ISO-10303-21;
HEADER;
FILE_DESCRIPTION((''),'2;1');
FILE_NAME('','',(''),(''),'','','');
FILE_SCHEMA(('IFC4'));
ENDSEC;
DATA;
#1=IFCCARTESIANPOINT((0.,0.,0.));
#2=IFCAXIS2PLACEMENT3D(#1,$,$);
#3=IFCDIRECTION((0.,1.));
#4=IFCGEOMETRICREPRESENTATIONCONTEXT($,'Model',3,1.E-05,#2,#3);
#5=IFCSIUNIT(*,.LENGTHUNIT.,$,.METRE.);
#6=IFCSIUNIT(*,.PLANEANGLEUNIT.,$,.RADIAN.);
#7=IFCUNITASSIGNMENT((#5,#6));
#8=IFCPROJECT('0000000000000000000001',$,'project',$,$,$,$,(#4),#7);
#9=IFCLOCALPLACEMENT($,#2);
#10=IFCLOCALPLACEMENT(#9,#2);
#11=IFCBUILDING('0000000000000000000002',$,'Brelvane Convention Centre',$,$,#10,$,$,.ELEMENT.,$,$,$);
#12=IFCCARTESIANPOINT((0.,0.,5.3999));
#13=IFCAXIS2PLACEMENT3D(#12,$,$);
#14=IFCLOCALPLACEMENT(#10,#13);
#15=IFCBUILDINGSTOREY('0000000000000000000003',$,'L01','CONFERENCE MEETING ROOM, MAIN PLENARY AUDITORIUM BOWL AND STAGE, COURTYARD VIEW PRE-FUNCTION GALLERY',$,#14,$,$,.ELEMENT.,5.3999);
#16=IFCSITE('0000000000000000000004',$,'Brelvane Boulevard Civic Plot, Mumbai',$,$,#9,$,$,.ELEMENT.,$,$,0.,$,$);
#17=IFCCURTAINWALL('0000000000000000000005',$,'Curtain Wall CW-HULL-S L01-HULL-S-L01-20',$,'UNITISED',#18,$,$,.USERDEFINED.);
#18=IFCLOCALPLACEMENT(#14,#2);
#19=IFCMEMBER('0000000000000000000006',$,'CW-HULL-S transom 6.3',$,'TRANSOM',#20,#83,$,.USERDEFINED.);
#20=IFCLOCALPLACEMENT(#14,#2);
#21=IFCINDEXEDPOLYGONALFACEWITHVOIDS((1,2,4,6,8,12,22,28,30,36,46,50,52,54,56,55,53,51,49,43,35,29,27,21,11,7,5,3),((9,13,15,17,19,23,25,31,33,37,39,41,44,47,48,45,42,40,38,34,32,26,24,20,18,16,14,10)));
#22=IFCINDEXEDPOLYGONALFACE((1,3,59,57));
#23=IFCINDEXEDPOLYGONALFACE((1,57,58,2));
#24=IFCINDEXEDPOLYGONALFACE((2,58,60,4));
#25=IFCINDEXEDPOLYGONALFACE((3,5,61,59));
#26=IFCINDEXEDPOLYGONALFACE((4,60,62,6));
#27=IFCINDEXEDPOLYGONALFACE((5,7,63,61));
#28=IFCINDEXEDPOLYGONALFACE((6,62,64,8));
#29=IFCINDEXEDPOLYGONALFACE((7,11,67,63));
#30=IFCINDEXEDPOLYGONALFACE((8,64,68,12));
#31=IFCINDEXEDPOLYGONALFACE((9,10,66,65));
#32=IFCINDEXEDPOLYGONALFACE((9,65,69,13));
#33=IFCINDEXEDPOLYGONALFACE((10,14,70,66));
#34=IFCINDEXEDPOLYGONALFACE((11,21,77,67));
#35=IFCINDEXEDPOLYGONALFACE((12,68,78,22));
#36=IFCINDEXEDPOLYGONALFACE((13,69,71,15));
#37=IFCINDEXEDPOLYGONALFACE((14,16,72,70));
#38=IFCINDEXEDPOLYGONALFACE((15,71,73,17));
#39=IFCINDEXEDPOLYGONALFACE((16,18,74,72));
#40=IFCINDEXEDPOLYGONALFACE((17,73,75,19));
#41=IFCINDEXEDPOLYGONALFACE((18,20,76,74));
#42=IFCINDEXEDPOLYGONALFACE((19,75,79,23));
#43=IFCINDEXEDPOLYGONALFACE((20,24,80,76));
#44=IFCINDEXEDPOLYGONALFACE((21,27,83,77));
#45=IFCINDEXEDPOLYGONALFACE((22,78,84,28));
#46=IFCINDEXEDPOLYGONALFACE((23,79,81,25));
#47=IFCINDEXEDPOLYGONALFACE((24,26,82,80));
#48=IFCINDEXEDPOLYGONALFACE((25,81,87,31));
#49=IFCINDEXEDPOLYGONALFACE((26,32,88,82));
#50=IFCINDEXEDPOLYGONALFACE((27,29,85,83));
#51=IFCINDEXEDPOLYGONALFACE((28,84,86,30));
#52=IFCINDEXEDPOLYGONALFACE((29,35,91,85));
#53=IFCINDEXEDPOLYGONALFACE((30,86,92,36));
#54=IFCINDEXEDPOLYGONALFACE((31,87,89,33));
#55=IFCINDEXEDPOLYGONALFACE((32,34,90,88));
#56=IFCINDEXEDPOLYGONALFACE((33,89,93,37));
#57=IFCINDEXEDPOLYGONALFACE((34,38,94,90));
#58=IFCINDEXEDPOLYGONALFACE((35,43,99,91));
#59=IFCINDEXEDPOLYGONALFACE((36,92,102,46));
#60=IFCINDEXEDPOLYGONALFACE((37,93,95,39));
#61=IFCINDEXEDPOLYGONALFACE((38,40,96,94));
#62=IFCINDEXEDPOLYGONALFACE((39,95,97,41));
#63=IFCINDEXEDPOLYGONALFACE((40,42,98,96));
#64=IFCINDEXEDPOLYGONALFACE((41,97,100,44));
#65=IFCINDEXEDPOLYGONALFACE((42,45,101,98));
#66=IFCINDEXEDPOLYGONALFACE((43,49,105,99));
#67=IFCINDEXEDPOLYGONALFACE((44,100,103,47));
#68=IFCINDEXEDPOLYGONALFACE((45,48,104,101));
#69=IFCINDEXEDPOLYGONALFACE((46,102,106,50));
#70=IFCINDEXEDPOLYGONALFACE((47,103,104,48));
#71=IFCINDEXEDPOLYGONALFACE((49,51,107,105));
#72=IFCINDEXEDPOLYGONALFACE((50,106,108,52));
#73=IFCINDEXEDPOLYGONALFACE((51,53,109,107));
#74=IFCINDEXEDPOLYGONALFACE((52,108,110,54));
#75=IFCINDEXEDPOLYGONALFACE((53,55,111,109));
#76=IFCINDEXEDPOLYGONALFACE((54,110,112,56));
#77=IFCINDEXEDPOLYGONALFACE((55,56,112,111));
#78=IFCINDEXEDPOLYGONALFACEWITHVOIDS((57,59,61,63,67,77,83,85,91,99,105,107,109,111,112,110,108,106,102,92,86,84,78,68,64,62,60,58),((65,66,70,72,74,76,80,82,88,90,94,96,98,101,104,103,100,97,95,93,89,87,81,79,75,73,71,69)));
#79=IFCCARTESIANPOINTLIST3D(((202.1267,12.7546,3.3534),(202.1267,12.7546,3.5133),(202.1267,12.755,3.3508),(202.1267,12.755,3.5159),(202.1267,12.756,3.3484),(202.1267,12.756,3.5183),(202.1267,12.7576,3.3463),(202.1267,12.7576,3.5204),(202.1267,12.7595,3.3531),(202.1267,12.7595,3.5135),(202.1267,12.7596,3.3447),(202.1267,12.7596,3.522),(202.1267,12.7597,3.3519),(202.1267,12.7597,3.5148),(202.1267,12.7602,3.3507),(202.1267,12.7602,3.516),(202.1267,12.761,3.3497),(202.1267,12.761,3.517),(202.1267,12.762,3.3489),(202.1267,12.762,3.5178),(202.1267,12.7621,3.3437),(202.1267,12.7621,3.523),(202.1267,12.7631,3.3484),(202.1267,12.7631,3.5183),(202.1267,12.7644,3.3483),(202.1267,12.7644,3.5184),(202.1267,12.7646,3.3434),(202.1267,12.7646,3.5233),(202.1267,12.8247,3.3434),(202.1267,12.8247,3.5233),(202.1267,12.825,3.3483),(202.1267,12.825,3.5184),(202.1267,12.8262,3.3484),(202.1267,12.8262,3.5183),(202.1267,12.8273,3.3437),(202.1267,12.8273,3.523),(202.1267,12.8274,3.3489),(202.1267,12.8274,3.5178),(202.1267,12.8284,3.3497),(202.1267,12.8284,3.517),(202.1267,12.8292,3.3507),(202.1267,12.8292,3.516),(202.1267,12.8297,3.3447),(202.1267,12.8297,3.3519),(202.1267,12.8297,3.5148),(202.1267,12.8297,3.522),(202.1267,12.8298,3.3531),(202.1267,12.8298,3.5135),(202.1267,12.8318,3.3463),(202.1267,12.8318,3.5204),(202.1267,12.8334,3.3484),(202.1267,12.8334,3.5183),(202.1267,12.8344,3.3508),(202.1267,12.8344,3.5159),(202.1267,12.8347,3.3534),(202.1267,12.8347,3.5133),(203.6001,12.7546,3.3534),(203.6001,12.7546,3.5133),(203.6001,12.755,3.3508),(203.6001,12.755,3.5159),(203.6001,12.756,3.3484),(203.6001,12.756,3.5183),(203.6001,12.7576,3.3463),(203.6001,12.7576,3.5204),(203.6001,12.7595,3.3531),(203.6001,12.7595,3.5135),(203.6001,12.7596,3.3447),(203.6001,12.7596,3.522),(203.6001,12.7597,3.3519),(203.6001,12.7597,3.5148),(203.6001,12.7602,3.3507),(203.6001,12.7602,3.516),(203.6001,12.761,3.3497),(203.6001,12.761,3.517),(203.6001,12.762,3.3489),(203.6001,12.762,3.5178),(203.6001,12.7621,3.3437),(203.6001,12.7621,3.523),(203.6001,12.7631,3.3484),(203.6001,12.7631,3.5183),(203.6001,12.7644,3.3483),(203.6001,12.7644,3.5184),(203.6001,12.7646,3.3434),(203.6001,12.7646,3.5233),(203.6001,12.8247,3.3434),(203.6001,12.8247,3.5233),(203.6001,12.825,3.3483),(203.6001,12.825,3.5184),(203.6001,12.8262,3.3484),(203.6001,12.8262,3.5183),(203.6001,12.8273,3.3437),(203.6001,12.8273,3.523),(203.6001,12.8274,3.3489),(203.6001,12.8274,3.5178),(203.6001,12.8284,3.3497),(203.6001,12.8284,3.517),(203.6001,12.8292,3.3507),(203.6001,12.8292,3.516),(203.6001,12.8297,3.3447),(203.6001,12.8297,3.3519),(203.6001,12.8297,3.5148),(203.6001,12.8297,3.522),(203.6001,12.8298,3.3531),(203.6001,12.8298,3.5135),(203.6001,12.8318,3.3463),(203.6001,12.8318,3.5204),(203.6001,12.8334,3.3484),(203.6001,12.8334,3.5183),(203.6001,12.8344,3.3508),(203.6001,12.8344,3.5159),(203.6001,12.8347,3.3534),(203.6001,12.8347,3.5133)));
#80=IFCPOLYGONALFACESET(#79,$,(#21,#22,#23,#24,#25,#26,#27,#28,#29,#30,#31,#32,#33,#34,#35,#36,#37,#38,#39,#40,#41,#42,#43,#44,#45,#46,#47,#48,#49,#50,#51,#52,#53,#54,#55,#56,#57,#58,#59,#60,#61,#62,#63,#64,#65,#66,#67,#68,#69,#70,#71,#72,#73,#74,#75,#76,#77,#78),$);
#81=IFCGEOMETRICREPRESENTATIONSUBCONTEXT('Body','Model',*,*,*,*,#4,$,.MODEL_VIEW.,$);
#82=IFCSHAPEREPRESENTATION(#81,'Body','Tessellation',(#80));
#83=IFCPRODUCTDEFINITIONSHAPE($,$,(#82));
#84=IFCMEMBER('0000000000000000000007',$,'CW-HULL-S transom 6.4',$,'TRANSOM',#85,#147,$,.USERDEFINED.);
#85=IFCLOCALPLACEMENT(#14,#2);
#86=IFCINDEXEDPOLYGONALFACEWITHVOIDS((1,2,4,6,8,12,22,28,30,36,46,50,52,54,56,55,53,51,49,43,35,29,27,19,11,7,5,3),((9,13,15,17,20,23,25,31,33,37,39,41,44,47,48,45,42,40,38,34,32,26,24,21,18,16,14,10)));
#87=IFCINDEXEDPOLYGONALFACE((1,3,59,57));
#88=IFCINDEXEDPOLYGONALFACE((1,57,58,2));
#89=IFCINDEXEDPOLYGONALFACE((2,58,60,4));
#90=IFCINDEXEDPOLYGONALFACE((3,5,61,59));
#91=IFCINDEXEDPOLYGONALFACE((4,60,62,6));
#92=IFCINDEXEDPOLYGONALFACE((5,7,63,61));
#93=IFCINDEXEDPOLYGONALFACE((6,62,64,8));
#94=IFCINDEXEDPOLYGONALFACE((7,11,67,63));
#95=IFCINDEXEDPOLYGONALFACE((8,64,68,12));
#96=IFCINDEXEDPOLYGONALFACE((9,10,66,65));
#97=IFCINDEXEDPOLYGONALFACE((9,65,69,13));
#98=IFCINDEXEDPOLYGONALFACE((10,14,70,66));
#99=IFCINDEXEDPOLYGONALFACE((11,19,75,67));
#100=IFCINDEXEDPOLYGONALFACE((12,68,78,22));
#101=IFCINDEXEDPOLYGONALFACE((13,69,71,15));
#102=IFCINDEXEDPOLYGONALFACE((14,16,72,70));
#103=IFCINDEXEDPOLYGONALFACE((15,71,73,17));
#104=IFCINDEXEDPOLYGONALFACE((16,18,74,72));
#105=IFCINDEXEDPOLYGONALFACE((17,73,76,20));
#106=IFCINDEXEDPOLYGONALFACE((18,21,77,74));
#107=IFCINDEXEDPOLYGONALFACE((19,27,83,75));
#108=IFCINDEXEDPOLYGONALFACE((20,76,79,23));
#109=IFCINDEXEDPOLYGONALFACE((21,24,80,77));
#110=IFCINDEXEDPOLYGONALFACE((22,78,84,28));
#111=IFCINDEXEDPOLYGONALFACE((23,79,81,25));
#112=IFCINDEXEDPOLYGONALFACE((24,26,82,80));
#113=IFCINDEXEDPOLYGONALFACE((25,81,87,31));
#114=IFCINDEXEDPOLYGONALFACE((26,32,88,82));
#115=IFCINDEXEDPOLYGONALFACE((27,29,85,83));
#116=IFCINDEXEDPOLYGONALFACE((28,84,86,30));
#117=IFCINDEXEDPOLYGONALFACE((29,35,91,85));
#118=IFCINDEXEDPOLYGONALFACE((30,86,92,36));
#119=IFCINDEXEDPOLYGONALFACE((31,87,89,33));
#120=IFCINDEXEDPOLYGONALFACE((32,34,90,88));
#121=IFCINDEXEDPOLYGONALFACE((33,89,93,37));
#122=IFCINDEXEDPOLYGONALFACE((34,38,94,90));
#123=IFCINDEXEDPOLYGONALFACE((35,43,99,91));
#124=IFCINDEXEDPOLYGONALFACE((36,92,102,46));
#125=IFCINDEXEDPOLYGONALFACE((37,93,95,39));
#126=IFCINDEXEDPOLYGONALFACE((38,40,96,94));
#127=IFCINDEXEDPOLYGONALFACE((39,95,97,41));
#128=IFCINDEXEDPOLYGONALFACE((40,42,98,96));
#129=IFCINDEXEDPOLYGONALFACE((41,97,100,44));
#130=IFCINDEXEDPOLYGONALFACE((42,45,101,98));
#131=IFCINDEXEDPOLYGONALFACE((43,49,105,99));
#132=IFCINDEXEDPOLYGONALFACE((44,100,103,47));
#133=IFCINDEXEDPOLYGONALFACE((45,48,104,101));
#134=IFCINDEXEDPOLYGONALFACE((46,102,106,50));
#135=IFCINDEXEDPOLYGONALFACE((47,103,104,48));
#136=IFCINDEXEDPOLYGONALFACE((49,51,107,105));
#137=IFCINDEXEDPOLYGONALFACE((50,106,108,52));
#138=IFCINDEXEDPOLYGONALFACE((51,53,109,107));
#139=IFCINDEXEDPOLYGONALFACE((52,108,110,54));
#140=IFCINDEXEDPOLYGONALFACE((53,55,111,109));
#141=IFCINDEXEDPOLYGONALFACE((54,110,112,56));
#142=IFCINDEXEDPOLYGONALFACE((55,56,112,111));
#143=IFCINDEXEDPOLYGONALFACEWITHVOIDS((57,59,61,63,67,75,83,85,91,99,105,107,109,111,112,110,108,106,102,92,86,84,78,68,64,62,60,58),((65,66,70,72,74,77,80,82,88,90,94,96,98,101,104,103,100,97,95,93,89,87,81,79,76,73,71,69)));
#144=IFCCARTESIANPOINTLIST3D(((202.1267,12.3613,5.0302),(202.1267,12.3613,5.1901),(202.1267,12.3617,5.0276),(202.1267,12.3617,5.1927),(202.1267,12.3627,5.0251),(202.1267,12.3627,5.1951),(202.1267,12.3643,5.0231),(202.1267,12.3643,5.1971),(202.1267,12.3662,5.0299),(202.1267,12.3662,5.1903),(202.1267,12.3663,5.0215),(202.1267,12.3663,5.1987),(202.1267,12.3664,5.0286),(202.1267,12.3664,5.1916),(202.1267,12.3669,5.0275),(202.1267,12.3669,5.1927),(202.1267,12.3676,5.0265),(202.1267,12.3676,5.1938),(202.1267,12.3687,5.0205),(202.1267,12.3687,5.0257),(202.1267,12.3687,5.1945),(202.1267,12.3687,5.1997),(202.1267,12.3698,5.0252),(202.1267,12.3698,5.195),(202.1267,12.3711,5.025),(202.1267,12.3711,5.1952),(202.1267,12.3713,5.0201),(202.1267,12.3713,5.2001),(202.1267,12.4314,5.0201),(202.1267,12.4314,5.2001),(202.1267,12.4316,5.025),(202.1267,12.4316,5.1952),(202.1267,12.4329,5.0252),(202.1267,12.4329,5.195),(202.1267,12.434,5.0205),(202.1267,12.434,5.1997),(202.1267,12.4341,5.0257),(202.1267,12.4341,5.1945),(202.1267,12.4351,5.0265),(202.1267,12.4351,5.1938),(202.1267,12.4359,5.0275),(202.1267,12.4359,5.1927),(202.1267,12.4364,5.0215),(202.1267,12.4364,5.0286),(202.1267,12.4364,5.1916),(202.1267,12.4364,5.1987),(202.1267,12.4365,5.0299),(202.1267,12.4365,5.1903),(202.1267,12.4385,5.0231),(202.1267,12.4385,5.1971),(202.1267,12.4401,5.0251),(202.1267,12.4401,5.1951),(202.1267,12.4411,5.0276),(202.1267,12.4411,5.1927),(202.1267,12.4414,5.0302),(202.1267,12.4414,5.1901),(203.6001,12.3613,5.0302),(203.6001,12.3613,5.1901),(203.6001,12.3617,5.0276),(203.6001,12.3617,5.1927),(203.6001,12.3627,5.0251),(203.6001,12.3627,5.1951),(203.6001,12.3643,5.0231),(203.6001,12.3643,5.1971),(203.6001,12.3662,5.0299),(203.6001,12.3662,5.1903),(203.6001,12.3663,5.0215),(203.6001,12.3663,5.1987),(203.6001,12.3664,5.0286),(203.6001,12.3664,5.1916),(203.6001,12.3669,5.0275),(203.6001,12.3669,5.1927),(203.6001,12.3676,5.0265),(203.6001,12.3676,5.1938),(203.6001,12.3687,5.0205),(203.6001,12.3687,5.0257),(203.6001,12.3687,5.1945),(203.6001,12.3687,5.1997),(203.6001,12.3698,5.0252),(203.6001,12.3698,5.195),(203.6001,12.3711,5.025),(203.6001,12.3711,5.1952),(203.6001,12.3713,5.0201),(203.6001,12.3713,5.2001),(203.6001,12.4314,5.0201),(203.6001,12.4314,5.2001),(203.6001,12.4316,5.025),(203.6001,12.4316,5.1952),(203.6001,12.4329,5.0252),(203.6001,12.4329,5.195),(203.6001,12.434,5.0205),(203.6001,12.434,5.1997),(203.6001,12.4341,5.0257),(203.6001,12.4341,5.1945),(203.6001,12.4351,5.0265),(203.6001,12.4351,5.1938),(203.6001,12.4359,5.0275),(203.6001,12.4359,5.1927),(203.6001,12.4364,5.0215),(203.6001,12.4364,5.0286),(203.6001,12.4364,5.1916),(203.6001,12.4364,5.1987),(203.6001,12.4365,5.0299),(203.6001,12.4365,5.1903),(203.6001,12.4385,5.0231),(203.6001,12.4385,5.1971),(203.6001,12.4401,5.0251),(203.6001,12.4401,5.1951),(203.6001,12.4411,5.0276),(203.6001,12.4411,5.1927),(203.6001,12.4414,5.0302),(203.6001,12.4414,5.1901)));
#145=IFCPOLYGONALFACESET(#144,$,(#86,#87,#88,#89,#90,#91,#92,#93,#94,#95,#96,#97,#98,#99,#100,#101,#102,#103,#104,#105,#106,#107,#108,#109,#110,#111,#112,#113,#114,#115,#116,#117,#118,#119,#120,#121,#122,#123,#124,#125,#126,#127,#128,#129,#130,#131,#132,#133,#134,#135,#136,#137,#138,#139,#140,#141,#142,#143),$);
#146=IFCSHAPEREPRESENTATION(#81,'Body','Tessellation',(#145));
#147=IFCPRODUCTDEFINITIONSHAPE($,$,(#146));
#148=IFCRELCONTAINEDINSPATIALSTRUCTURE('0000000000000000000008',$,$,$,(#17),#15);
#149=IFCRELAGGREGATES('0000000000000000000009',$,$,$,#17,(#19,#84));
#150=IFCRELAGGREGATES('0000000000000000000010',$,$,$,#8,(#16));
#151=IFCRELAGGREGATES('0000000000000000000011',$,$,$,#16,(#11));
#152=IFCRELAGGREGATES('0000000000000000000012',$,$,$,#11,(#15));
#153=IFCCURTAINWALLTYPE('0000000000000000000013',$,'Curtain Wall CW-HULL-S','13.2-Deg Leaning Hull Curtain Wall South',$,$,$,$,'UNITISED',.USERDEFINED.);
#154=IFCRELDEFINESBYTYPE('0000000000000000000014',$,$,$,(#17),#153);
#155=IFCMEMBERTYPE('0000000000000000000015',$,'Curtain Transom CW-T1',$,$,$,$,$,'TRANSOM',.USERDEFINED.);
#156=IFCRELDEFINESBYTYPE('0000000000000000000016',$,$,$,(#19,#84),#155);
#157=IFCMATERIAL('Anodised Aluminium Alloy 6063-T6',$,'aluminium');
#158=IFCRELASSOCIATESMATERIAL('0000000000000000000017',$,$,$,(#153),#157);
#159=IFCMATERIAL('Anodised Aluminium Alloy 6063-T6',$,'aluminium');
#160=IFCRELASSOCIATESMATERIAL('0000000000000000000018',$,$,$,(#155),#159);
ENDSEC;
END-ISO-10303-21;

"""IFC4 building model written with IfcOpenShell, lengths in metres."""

from ifc_helpers import new_model, si_unit, direction, frame, origin, origin_2d, place, context, subcontext, project, spatial, hollow_rectangle, extrude, material, material_profile, profile_set, type_object, element, aggregate, save


model = new_model("IFC4")

# Units and contexts
model_context = context("Model", 3, precision=1e-05, world=origin(), true_north=direction((0.0, 1.0)))
body_context = subcontext(model_context, "Body", "Model", "MODEL_VIEW")
ifc_project = project(units=[si_unit("LENGTHUNIT", "METRE"), si_unit("PLANEANGLEUNIT", "RADIAN")], contexts=[model_context])

# Site, building, storey
site_placement = place(None, origin())
site = spatial("IfcSite", under=ifc_project, at=site_placement, Name="Brelvane Boulevard Civic Plot, Mumbai", CompositionType="ELEMENT", RefElevation=0.0)
building_placement = place(site_placement, origin())
building = spatial("IfcBuilding", under=site, at=building_placement, Name="Brelvane Convention Centre", CompositionType="ELEMENT")
storey_placement = place(building_placement, frame((0.0, 0.0, 5.3999)))
storey = spatial("IfcBuildingStorey", under=building, at=storey_placement, Name="L01", Description="CONFERENCE MEETING ROOM, MAIN PLENARY AUDITORIUM BOWL AND STAGE, COURTYARD VIEW PRE-FUNCTION GALLERY", CompositionType="ELEMENT", Elevation=5.3999)

# Curtain wall, members
ifc_material_1 = material(Name="Anodised Aluminium Alloy 6063-T6", Category="aluminium")
curtain_wall_type = type_object("IfcCurtainWallType", Name="Curtain Wall CW-HULL-S", Description="13.2-Deg Leaning Hull Curtain Wall South", ElementType="UNITISED", PredefinedType="USERDEFINED", material=ifc_material_1)
curtain_wall_1_placement = place(storey_placement, origin())
curtain_wall_1 = element("IfcCurtainWall", 1, at=curtain_wall_1_placement, inside=storey, type_object=curtain_wall_type, Name="Curtain Wall CW-HULL-S L01-HULL-S-L01-20", ObjectType="UNITISED", PredefinedType="USERDEFINED")
ifc_material_2 = material(Name="Anodised Aluminium Alloy 6063-T6", Category="aluminium")
ifc_material_profile = material_profile(ifc_material_2, hollow_rectangle(XDim=0.0801, YDim=0.1799, WallThickness=0.0049, InnerFilletRadius=0.0049, OuterFilletRadius=0.01, at=origin_2d()), Name="ALU-T 180x80x5.0")
ifc_profile_set = profile_set([ifc_material_profile], Name="Anodised Aluminium Alloy 6063-T6")
member_type = type_object("IfcMemberType", Name="Curtain Transom CW-T1", ElementType="TRANSOM", PredefinedType="USERDEFINED", material=ifc_profile_set)
member_1_placement = place(storey_placement, frame((202.1267, 12.7947, 3.4333), z_axis=(1.0, 0.0, 0.0), x_axis=(0.0, 1.0, 0.0)))
member_1 = element("IfcMember", 2, at=member_1_placement, type_object=member_type, Name="CW-HULL-S transom 6.3", ObjectType="TRANSOM", PredefinedType="USERDEFINED", context=body_context, shape_type="SweptSolid", body=[
    extrude(hollow_rectangle(XDim=0.0801, YDim=0.1799, WallThickness=0.0049, InnerFilletRadius=0.0049, OuterFilletRadius=0.01, at=origin_2d()), origin(), (0.0, 0.0, 1.0), 1.4734),
])
member_2_placement = place(storey_placement, frame((202.1267, 12.4014, 5.1101), z_axis=(1.0, 0.0, 0.0), x_axis=(0.0, 1.0, 0.0)))
member_2 = element("IfcMember", 3, at=member_2_placement, type_object=member_type, Name="CW-HULL-S transom 6.4", ObjectType="TRANSOM", PredefinedType="USERDEFINED", context=body_context, shape_type="SweptSolid", body=[
    extrude(hollow_rectangle(XDim=0.0801, YDim=0.1799, WallThickness=0.0049, InnerFilletRadius=0.0049, OuterFilletRadius=0.01, at=origin_2d()), origin(), (0.0, 0.0, 1.0), 1.4734),
])

aggregate(curtain_wall_1, [member_1, member_2])

save(model, "model.ifc")
